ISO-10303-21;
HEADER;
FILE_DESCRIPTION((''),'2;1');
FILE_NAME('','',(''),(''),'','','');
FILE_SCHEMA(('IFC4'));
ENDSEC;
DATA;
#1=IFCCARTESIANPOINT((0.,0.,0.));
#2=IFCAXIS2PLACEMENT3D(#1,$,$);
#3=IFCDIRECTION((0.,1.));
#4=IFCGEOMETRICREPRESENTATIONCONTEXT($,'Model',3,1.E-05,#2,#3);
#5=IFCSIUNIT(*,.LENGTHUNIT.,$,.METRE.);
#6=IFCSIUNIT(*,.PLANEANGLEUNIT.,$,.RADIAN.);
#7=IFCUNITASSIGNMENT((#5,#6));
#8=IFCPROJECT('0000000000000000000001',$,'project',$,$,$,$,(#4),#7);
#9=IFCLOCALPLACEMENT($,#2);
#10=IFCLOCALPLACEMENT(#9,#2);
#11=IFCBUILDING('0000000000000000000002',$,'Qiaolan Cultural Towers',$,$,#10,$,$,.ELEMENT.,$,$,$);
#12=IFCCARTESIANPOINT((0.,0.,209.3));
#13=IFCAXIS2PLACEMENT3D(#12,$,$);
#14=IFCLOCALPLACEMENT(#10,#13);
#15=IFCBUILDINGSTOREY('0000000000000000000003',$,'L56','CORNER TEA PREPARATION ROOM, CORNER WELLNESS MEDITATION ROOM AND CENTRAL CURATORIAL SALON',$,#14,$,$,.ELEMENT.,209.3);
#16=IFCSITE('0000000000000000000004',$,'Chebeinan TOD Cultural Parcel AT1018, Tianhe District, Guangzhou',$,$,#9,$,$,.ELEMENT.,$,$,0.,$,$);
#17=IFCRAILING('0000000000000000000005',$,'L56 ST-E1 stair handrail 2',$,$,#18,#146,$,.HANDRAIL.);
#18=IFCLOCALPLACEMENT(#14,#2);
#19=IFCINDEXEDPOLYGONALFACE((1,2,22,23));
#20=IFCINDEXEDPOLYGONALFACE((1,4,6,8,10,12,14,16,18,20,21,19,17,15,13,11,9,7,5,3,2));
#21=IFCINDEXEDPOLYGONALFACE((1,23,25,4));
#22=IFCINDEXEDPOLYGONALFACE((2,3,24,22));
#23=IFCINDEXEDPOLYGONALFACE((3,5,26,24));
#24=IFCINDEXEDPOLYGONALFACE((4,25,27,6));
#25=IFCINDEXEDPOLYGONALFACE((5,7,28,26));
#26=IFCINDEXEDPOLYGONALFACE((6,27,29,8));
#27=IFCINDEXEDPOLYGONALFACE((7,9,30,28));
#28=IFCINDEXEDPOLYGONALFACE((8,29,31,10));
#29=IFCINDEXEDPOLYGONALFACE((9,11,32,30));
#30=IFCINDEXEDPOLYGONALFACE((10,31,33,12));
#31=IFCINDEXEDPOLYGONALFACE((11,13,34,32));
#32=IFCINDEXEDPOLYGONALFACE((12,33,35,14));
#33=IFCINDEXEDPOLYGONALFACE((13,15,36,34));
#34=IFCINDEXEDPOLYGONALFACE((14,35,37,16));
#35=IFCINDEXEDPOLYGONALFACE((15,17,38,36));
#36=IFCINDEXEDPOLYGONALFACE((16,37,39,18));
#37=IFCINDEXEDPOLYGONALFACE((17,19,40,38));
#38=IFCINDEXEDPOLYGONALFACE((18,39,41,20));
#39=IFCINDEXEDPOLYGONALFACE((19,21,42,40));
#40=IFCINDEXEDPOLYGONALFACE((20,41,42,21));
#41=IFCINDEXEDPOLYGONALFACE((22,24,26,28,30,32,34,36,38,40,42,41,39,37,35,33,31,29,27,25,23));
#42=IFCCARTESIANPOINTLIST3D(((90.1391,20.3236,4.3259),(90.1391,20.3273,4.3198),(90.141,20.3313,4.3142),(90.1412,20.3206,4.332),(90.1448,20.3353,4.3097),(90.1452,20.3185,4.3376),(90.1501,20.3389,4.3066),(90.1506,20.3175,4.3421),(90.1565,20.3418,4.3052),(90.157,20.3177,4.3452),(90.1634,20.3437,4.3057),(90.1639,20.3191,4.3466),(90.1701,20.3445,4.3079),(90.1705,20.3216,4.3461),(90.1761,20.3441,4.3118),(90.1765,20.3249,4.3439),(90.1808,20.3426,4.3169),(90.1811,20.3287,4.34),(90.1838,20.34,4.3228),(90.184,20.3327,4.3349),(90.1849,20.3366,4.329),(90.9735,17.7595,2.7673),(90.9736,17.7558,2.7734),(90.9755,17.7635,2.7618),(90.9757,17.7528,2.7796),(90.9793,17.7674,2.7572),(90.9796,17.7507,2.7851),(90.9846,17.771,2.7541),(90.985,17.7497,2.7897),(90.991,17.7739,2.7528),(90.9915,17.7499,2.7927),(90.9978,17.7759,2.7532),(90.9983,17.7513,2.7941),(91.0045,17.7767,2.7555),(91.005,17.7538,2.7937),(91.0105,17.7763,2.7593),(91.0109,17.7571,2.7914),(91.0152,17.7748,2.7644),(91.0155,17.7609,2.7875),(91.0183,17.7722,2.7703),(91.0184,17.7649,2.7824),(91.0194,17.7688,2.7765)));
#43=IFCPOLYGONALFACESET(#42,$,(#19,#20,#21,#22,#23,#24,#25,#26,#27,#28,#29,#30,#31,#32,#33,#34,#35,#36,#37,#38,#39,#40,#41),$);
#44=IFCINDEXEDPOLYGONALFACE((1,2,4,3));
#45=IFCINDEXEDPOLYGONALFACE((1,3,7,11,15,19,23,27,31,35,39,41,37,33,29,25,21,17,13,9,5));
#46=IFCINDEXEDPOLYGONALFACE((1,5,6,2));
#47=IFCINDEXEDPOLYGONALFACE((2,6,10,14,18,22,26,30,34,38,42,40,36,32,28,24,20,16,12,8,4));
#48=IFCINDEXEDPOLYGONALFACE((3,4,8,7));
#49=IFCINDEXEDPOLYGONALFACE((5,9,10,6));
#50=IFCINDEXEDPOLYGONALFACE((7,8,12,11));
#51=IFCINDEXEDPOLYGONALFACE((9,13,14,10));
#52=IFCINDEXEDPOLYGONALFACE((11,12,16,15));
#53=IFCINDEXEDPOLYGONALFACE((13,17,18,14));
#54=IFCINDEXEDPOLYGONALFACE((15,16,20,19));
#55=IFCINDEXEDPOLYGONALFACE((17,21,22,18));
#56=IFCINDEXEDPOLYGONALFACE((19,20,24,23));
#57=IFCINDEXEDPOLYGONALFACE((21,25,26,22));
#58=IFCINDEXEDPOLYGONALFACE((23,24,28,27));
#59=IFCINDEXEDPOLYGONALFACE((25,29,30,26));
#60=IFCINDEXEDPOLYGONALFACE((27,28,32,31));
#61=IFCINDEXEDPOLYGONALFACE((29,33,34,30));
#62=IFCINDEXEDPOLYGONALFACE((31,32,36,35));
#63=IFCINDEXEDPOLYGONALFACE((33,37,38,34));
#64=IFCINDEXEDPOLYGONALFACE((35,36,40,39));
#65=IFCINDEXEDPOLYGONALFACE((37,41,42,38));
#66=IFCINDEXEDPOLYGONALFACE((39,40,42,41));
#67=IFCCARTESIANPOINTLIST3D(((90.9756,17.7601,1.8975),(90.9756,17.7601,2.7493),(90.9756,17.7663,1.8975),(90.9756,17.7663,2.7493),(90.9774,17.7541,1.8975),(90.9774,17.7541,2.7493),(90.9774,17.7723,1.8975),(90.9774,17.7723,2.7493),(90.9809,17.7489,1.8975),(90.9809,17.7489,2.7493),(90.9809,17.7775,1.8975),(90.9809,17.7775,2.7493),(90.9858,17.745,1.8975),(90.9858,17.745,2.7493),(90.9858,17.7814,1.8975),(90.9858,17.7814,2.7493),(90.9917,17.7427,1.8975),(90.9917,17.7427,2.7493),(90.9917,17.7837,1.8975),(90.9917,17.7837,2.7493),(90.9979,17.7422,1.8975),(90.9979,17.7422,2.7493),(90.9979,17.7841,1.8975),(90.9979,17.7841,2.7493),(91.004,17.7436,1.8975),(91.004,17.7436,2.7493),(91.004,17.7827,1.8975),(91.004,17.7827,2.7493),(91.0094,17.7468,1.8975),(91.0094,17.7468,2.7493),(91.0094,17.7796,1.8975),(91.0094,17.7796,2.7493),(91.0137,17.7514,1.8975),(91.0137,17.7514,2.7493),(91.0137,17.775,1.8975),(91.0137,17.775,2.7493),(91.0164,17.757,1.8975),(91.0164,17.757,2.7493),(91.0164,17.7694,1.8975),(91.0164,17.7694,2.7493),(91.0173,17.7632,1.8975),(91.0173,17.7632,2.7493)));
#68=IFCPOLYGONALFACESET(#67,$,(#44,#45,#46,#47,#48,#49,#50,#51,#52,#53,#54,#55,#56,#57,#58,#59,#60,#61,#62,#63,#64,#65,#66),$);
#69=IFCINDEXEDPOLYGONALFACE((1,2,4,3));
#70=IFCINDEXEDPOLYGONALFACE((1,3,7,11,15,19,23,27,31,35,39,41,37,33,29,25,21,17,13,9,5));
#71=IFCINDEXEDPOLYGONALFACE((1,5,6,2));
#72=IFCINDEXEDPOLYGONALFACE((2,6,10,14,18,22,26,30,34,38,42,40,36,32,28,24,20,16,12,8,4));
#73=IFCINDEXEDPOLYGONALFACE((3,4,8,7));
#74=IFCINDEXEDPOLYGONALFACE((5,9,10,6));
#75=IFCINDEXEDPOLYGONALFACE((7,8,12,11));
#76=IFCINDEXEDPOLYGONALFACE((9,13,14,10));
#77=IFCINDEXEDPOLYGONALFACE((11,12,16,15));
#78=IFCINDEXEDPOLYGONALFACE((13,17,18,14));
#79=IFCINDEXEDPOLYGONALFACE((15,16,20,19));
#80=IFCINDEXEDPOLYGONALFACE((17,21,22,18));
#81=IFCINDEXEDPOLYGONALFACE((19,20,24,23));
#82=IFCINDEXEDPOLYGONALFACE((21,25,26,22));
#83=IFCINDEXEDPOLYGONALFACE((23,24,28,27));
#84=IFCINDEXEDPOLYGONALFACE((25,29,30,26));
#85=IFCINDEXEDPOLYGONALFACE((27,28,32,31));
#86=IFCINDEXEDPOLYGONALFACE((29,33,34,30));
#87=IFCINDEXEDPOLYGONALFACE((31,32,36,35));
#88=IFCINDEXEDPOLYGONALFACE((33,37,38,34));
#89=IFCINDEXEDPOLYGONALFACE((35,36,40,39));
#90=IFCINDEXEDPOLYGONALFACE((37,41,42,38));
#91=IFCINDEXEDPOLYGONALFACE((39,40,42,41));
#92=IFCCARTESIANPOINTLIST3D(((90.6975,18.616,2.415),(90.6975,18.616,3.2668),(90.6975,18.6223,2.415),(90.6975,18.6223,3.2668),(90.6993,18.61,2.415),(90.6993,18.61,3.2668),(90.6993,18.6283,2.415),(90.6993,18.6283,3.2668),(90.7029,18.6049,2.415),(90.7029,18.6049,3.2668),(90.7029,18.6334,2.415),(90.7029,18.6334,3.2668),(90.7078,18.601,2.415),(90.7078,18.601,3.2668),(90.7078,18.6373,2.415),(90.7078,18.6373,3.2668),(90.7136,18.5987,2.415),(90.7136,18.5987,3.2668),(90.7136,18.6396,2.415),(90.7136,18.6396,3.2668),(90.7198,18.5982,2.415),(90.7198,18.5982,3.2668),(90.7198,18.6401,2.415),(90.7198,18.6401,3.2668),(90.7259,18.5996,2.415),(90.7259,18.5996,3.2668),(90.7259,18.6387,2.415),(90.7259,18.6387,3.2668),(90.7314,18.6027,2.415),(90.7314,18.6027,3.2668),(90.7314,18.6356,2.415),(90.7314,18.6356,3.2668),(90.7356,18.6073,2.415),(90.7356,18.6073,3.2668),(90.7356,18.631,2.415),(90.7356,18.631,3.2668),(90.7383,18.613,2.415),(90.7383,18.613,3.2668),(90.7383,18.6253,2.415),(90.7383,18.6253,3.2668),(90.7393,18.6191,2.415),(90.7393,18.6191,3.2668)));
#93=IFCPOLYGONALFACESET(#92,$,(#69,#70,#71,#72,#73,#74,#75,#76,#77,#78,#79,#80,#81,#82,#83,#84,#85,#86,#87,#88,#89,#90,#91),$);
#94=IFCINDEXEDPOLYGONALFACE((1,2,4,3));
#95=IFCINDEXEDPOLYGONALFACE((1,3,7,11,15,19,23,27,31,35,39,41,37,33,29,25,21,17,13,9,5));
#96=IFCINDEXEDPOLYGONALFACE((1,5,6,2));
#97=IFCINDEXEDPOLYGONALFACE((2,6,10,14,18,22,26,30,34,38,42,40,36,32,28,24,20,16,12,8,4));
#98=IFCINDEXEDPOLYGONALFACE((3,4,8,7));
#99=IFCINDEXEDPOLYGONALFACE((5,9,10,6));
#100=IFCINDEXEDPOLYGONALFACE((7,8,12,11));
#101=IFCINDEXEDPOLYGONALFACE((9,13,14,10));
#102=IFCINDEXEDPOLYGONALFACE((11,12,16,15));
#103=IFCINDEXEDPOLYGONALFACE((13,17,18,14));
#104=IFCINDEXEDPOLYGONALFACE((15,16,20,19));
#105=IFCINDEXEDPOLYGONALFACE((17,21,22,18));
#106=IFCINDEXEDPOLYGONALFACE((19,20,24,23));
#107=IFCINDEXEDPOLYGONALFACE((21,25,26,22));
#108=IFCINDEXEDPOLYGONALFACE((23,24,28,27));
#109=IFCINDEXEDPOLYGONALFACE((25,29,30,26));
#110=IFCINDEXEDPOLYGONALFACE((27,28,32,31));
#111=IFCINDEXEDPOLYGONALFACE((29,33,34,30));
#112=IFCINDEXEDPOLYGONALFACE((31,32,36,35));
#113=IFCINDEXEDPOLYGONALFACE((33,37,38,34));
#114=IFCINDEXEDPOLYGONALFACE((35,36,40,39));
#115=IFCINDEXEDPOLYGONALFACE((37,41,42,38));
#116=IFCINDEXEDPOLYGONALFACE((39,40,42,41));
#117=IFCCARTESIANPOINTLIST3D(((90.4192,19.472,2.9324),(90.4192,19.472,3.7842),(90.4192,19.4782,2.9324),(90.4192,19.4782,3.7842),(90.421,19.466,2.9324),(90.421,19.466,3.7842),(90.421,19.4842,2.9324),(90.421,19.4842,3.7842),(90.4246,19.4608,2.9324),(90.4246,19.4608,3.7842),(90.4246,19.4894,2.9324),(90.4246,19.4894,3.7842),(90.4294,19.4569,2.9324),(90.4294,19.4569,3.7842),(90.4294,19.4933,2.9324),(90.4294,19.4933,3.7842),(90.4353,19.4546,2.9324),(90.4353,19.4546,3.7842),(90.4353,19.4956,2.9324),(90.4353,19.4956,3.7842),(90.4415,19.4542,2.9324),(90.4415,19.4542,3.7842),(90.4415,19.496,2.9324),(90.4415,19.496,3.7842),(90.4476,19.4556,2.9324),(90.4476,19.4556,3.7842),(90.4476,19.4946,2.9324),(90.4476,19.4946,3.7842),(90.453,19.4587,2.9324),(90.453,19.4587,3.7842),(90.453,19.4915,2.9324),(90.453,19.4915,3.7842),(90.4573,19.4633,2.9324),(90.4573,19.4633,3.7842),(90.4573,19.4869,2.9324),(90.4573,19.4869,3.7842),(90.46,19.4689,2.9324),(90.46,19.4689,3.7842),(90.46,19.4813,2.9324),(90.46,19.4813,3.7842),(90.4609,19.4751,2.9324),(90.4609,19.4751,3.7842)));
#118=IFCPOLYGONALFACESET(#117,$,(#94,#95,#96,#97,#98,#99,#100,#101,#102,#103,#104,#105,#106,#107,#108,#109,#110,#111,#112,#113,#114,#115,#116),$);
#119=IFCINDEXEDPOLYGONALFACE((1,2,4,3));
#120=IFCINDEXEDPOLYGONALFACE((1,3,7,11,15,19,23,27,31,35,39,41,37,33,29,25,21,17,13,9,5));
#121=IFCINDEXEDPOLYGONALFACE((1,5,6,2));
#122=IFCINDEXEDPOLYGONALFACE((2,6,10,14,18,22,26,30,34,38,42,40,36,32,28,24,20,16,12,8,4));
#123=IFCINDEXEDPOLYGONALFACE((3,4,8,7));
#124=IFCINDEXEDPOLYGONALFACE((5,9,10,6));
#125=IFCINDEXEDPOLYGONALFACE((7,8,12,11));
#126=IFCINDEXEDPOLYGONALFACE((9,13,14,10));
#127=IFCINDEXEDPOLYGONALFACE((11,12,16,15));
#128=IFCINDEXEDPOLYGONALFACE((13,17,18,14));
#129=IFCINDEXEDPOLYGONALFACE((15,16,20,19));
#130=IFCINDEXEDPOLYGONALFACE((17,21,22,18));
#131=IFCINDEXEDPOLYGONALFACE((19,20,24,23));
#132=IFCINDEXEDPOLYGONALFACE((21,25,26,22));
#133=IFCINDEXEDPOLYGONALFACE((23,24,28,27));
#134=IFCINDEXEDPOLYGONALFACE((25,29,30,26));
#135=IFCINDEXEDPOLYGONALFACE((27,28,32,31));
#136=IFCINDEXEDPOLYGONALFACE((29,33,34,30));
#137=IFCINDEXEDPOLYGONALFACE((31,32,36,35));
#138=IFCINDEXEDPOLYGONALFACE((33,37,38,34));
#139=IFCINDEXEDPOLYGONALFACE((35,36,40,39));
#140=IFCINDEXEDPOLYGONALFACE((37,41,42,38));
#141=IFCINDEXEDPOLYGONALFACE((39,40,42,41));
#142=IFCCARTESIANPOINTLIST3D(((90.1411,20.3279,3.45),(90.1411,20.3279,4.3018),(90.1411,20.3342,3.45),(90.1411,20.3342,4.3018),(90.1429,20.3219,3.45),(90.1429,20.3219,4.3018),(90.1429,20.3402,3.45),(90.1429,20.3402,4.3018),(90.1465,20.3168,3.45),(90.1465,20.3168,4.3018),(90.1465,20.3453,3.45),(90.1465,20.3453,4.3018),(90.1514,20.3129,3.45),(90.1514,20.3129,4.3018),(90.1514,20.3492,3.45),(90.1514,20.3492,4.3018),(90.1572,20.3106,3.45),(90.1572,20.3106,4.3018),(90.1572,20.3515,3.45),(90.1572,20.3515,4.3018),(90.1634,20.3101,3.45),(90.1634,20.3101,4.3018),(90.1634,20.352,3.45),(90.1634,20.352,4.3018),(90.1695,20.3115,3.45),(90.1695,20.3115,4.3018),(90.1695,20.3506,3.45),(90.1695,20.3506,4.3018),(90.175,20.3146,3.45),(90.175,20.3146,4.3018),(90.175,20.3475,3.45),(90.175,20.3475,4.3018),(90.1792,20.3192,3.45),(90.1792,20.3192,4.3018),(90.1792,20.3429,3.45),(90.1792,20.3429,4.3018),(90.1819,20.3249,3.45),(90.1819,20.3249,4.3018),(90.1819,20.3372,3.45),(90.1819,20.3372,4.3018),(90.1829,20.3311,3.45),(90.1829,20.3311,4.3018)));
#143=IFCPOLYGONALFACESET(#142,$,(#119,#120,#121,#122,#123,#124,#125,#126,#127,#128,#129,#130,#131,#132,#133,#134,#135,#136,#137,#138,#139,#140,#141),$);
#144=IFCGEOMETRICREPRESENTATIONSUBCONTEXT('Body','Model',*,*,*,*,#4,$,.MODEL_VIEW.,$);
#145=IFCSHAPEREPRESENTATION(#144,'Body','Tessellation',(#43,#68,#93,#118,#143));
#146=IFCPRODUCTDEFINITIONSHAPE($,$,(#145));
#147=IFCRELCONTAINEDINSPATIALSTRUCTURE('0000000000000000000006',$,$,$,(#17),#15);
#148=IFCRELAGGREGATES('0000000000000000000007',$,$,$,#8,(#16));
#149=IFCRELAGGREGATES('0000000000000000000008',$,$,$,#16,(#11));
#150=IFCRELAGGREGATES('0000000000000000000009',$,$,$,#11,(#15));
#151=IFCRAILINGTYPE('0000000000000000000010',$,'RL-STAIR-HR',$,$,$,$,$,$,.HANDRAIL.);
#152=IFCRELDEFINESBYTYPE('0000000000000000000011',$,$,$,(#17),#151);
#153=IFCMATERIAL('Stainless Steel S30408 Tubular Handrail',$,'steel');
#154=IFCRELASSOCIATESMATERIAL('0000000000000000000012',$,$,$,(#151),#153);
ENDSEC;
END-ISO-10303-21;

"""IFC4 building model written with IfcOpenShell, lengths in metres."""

from ifc_helpers import new_model, si_unit, direction, frame, origin, origin_2d, place, context, subcontext, project, spatial, circle, extrude, material, type_object, element, save


model = new_model("IFC4")

# Units and contexts
model_context = context("Model", 3, precision=1e-05, world=origin(), true_north=direction((0.0, 1.0)))
body_context = subcontext(model_context, "Body", "Model", "MODEL_VIEW")
ifc_project = project(units=[si_unit("LENGTHUNIT", "METRE"), si_unit("PLANEANGLEUNIT", "RADIAN")], contexts=[model_context])

# Site, building, storey
site_placement = place(None, origin())
site = spatial("IfcSite", under=ifc_project, at=site_placement, Name="Chebeinan TOD Cultural Parcel AT1018, Tianhe District, Guangzhou", CompositionType="ELEMENT", RefElevation=0.0)
building_placement = place(site_placement, origin())
building = spatial("IfcBuilding", under=site, at=building_placement, Name="Qiaolan Cultural Towers", CompositionType="ELEMENT")
storey_placement = place(building_placement, frame((0.0, 0.0, 209.3)))
storey = spatial("IfcBuildingStorey", under=building, at=storey_placement, Name="L56", Description="CORNER TEA PREPARATION ROOM, CORNER WELLNESS MEDITATION ROOM AND CENTRAL CURATORIAL SALON", CompositionType="ELEMENT", Elevation=209.3)

# Railing
ifc_material_1 = material(Name="Stainless Steel S30408 Tubular Handrail", Category="steel")
railing_type = type_object("IfcRailingType", Name="RL-STAIR-HR", PredefinedType="HANDRAIL", material=ifc_material_1)
railing_placement = place(storey_placement, frame((90.9963, 17.7632, 1.8975)))
element("IfcRailing", 1, at=railing_placement, inside=storey, type_object=railing_type, Name="L56 ST-E1 stair handrail 2", PredefinedType="HANDRAIL", context=body_context, shape_type="SweptSolid", body=[
    extrude(circle(Radius=0.0239, at=origin_2d()), frame((0.0, 0.0, 0.876), z_axis=(-0.267926, 0.824471, 0.498461), x_axis=(-0.951043, -0.309057, 0.0)), (0.0, 0.0, 1.0), 3.1145),
    extrude(circle(Radius=0.021, at=origin_2d()), origin(), (0.0, 0.0, 1.0), 0.8518),
    extrude(circle(Radius=0.021, at=origin_2d()), frame((-0.2781, 0.856, 0.5176)), (0.0, 0.0, 1.0), 0.8518),
    extrude(circle(Radius=0.021, at=origin_2d()), frame((-0.5564, 1.7119, 1.0349)), (0.0, 0.0, 1.0), 0.8518),
    extrude(circle(Radius=0.021, at=origin_2d()), frame((-0.8345, 2.5679, 1.5525)), (0.0, 0.0, 1.0), 0.8518),
])

save(model, "model.ifc")
